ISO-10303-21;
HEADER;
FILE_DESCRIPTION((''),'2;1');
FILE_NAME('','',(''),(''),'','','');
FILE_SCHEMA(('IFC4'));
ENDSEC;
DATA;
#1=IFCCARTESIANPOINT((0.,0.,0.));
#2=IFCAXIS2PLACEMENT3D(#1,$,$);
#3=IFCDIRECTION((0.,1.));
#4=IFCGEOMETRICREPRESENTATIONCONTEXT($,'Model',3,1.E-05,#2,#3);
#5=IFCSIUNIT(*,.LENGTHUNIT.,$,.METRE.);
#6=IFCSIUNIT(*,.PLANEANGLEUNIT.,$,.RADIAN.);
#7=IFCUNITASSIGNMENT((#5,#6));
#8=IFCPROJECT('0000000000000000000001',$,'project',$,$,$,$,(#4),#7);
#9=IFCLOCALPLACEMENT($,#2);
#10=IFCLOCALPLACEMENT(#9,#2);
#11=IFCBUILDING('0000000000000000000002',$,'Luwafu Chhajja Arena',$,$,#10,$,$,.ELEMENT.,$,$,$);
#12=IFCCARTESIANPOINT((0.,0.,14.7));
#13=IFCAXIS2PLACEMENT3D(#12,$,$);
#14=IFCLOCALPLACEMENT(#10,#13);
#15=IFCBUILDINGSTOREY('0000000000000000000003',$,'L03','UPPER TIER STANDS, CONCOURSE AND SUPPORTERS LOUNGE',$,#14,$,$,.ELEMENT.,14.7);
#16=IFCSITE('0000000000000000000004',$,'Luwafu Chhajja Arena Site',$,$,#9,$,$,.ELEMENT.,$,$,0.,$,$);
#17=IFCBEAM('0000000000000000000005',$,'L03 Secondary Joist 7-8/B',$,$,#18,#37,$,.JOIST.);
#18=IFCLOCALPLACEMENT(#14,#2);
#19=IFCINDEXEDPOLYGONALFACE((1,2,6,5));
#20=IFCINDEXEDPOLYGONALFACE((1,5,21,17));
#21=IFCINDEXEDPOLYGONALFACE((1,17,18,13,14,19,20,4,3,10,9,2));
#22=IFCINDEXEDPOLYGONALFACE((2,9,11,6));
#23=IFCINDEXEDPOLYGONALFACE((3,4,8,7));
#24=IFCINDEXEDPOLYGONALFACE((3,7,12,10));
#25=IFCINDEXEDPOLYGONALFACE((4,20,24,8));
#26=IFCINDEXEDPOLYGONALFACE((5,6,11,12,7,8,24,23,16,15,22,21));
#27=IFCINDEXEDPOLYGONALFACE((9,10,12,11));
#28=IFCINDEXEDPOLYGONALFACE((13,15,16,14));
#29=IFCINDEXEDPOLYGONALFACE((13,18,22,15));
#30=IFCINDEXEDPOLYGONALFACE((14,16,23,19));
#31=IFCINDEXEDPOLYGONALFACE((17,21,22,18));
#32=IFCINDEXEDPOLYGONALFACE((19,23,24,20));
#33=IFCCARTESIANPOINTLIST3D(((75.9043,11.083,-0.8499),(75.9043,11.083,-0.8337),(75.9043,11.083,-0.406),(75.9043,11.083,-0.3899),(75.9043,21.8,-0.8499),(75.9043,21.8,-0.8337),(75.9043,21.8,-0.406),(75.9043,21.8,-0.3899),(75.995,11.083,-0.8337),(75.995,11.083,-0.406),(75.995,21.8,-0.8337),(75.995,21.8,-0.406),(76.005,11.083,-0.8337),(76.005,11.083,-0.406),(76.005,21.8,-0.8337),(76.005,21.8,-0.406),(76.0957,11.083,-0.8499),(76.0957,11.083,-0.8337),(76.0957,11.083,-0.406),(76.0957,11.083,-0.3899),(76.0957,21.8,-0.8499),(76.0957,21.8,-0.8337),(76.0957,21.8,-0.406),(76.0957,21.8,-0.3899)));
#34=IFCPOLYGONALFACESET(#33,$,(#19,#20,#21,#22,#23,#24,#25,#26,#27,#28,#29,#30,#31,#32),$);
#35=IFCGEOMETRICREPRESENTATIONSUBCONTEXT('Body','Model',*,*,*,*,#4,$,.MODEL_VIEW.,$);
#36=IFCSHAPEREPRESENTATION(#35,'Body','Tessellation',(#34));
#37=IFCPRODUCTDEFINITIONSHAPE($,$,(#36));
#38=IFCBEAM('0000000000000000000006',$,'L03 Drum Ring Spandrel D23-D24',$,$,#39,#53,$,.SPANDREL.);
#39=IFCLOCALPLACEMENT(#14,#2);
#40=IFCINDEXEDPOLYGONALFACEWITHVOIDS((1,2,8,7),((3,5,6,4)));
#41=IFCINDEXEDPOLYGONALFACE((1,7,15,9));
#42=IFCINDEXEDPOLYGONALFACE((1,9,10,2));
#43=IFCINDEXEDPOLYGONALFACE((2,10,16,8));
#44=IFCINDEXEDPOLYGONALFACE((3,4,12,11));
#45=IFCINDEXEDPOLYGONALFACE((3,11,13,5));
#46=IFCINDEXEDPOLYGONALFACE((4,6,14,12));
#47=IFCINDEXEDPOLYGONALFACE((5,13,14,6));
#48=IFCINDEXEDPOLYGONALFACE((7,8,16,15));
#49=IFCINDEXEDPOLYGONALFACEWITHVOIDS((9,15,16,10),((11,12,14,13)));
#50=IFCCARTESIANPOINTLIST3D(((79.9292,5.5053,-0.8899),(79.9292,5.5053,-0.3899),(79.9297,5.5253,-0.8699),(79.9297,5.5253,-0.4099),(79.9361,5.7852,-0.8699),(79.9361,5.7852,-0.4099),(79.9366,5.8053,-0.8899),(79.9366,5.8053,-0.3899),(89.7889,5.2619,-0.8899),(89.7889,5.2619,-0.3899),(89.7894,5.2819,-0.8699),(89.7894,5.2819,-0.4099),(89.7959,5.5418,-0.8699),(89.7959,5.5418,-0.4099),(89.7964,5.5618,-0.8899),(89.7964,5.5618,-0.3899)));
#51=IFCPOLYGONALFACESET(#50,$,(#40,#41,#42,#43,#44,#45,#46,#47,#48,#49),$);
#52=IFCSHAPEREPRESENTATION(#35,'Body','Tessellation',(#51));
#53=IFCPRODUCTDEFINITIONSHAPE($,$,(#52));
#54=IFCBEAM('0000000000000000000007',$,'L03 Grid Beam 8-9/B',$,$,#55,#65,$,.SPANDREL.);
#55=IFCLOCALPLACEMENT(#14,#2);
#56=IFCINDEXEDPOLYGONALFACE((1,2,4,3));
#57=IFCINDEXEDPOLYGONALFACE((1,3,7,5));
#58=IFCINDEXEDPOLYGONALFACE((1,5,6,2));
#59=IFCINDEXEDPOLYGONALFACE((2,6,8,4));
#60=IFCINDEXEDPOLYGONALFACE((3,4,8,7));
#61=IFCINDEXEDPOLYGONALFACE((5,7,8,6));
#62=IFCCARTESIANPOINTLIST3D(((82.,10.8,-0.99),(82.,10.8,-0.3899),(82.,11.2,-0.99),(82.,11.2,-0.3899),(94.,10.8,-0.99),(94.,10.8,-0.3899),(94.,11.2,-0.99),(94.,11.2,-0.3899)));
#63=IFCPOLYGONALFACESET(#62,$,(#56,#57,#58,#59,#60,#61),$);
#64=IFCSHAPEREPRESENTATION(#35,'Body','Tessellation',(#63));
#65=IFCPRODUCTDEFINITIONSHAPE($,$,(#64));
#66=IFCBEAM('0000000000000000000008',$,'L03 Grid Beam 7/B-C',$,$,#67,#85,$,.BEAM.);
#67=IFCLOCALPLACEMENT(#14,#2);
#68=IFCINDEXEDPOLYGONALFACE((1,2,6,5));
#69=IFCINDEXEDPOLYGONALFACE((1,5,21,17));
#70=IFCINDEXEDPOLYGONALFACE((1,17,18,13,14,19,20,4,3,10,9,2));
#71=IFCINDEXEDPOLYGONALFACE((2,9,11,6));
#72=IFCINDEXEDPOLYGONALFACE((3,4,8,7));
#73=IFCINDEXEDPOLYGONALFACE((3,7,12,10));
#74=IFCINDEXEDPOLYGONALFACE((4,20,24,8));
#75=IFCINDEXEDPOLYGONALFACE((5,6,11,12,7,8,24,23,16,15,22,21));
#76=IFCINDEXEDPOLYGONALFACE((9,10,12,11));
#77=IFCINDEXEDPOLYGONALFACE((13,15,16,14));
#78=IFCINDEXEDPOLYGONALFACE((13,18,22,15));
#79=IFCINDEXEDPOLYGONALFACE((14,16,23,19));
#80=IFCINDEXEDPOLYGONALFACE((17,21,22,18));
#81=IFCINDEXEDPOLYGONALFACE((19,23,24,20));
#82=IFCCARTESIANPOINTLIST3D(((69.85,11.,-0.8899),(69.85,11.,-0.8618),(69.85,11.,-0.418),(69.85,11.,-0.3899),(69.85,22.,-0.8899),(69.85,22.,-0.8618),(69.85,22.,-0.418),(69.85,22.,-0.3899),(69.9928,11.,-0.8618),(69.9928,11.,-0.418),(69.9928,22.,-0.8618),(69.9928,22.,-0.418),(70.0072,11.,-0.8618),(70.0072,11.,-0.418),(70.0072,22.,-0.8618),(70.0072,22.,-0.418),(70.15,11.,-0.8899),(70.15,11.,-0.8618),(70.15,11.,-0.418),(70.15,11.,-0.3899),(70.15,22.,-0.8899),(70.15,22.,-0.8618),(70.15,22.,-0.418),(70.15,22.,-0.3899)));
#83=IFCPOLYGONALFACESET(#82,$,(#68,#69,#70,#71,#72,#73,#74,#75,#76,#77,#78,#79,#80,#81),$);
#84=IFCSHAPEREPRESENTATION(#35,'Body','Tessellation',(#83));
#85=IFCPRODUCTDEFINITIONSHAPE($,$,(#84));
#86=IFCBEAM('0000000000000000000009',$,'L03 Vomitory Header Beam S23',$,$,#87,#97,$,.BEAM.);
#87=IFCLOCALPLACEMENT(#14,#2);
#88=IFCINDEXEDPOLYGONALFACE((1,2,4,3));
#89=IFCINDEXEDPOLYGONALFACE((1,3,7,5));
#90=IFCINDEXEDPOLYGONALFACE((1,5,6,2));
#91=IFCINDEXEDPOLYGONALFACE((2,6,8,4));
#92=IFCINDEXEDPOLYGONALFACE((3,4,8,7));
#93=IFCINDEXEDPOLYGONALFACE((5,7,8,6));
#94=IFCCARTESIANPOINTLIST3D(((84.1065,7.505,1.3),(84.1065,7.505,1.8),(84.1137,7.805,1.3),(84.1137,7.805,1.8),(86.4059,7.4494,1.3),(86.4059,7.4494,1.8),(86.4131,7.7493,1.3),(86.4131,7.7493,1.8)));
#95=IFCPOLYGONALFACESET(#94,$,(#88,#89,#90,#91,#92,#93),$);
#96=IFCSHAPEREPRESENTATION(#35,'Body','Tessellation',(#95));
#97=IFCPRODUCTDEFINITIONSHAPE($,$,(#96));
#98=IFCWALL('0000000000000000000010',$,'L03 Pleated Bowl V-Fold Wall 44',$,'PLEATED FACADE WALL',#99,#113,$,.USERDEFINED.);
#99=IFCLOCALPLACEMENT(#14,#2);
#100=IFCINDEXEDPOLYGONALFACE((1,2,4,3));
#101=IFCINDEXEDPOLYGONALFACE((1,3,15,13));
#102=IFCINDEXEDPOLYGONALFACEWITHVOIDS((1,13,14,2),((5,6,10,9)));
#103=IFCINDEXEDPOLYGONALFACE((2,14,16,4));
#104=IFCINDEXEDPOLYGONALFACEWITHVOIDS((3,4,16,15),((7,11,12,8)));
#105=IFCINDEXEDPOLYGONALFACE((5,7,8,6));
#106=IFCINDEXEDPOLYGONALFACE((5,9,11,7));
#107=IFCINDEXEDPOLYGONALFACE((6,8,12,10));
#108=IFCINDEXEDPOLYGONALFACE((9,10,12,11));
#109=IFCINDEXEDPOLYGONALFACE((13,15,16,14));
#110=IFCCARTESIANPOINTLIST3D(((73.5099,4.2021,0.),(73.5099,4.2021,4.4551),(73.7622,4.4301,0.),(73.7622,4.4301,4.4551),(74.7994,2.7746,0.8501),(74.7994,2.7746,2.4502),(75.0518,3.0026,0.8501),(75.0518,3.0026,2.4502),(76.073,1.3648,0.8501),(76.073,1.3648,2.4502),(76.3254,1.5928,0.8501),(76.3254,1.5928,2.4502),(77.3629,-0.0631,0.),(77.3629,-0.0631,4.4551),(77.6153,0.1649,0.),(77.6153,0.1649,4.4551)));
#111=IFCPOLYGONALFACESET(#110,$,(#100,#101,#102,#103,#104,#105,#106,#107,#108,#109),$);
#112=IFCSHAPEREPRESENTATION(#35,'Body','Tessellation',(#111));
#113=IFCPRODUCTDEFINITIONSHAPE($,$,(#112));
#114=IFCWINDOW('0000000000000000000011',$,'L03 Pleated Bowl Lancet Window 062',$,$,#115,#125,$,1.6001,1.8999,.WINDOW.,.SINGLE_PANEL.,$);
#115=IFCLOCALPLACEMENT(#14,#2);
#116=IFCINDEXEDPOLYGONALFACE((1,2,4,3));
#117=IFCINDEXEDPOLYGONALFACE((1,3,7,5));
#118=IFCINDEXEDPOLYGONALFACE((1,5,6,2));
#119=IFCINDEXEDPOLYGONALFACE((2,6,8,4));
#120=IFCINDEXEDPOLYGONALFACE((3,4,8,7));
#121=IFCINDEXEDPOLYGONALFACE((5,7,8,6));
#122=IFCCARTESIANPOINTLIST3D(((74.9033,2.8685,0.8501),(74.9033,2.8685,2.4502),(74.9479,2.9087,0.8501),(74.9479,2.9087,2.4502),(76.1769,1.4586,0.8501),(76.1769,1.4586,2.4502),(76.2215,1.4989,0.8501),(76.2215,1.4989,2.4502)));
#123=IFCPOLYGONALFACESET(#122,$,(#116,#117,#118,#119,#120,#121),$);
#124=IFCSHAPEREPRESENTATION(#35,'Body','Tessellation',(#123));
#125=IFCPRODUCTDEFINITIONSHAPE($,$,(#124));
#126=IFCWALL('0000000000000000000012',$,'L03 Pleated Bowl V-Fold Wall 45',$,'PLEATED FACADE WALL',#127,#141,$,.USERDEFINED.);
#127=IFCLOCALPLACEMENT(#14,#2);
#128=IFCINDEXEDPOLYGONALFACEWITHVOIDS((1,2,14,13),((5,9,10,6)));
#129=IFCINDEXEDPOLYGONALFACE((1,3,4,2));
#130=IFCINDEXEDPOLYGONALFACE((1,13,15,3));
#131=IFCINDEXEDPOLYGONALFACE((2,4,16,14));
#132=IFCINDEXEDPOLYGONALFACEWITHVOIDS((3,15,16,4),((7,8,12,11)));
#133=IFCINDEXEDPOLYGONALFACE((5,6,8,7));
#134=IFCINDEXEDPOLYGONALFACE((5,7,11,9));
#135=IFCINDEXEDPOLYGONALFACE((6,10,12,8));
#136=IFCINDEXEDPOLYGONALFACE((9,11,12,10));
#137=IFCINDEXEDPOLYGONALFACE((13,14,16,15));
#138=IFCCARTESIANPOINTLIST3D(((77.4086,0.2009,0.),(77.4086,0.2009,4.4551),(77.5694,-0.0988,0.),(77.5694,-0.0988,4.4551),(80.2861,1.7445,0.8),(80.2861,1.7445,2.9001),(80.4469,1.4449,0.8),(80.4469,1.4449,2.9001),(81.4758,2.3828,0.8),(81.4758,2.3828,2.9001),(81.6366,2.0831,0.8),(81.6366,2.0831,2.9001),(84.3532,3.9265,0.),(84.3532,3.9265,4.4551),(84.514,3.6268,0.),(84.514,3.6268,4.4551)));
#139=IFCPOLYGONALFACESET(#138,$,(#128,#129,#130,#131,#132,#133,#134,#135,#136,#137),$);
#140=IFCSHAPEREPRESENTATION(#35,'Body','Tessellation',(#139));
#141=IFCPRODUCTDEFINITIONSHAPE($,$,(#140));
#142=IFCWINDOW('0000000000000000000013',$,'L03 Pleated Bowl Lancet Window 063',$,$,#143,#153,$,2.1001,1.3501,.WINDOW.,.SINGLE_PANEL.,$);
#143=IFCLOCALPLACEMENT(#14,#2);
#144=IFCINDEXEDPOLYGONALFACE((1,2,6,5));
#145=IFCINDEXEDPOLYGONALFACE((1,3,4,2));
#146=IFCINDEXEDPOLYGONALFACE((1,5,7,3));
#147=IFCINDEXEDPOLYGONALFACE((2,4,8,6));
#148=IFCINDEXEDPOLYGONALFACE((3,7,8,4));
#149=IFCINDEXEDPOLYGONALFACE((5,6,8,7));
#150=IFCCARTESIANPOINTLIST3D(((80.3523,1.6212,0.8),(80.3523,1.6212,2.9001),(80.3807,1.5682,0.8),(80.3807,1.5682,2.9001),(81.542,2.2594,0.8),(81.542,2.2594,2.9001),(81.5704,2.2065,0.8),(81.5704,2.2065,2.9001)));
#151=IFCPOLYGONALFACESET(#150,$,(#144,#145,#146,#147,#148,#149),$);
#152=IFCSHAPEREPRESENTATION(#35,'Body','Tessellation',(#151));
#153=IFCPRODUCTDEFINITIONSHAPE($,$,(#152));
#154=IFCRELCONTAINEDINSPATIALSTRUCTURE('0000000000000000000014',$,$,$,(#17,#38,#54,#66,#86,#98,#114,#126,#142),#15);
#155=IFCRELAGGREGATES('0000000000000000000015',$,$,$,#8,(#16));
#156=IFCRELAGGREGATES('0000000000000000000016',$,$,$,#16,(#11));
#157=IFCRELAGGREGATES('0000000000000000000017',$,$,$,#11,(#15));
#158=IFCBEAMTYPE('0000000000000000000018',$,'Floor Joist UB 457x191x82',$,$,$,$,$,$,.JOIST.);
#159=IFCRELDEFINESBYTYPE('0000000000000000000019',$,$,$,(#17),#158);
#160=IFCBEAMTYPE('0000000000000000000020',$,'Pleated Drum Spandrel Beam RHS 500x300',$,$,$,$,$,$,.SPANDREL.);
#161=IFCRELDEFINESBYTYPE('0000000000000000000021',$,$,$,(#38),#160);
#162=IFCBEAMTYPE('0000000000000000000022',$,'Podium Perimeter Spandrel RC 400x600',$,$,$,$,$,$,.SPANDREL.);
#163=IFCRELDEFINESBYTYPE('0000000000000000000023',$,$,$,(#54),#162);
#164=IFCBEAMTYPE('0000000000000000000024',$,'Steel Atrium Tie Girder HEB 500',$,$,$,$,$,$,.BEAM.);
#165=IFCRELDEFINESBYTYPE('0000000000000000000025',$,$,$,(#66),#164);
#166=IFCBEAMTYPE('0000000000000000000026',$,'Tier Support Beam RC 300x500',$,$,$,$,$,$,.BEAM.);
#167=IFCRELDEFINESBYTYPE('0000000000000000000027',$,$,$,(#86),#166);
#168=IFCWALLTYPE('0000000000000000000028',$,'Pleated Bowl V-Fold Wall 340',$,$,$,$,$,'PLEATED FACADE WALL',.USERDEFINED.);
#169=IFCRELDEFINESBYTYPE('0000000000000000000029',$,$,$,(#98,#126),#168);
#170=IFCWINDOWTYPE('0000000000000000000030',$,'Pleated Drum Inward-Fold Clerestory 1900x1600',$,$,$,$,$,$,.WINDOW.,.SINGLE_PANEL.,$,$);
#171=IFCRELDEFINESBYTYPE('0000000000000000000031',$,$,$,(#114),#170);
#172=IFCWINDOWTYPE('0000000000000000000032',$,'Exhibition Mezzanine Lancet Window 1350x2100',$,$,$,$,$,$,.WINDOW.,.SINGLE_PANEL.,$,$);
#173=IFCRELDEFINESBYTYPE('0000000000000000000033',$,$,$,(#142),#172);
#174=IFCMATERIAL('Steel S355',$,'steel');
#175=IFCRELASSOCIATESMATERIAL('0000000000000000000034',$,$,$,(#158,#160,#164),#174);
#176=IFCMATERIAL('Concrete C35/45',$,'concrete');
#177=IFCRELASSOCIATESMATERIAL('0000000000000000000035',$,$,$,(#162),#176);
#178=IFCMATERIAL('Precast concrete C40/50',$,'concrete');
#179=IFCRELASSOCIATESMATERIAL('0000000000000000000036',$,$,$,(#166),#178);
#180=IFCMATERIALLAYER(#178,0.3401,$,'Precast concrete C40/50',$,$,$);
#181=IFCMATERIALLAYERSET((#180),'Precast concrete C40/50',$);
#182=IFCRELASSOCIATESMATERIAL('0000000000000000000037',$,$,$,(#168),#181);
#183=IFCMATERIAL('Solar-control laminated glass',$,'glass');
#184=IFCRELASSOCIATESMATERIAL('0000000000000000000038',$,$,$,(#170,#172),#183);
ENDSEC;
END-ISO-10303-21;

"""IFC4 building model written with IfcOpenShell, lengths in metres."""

from ifc_helpers import new_model, si_unit, direction, frame, frame_2d, origin, origin_2d, place, context, subcontext, project, spatial, rectangle, hollow_rectangle, i_section, extrude, material, layer, layer_set, material_profile, profile_set, type_object, element, fill, save


model = new_model("IFC4")

# Units and contexts
model_context = context("Model", 3, precision=1e-05, world=origin(), true_north=direction((0.0, 1.0)))
body_context = subcontext(model_context, "Body", "Model", "MODEL_VIEW")
ifc_project = project(units=[si_unit("LENGTHUNIT", "METRE"), si_unit("PLANEANGLEUNIT", "RADIAN")], contexts=[model_context])

# Site, building, storey
site_placement = place(None, origin())
site = spatial("IfcSite", under=ifc_project, at=site_placement, Name="Luwafu Chhajja Arena Site", CompositionType="ELEMENT", RefElevation=0.0)
building_placement = place(site_placement, origin())
building = spatial("IfcBuilding", under=site, at=building_placement, Name="Luwafu Chhajja Arena", CompositionType="ELEMENT")
storey_placement = place(building_placement, frame((0.0, 0.0, 14.7)))
storey = spatial("IfcBuildingStorey", under=building, at=storey_placement, Name="L03", Description="UPPER TIER STANDS, CONCOURSE AND SUPPORTERS LOUNGE", CompositionType="ELEMENT", Elevation=14.7)

# Shared definitions
ifc_material_1 = material(Name="Concrete C35/45", Category="concrete")
ifc_material_2 = material(Name="Steel S355", Category="steel")

# Beams
ifc_material_profile_1 = material_profile(ifc_material_2, i_section(OverallWidth=0.1914, OverallDepth=0.46, WebThickness=0.01, FlangeThickness=0.0161, at=origin_2d()), Name="UB 457x191x82")
ifc_profile_set_1 = profile_set([ifc_material_profile_1], Name="Steel S355")
beam_type_1 = type_object("IfcBeamType", Name="Floor Joist UB 457x191x82", PredefinedType="JOIST", material=ifc_profile_set_1)
beam_1_placement = place(storey_placement, frame((76.0, 11.083, -0.6199), z_axis=(0.0, 1.0, 0.0), x_axis=(-1.0, 0.0, 0.0)))
element("IfcBeam", 1, at=beam_1_placement, inside=storey, type_object=beam_type_1, Name="L03 Secondary Joist 7-8/B", PredefinedType="JOIST", context=body_context, shape_type="SweptSolid", body=[
    extrude(i_section(OverallWidth=0.1914, OverallDepth=0.46, WebThickness=0.01, FlangeThickness=0.0161, at=origin_2d()), origin(), (0.0, 0.0, 1.0), 10.717),
])
ifc_material_profile_2 = material_profile(ifc_material_2, hollow_rectangle(XDim=0.3, YDim=0.5, WallThickness=0.02, at=origin_2d()), Name="RHS 500x300x20")
ifc_profile_set_2 = profile_set([ifc_material_profile_2], Name="Steel S355")
beam_type_2 = type_object("IfcBeamType", Name="Pleated Drum Spandrel Beam RHS 500x300", PredefinedType="SPANDREL", material=ifc_profile_set_2)
beam_2_placement = place(storey_placement, frame((79.9329, 5.6553, -0.6399), z_axis=(0.999695, -0.024679, 0.0), x_axis=(0.024679, 0.999695, 0.0)))
element("IfcBeam", 2, at=beam_2_placement, inside=storey, type_object=beam_type_2, Name="L03 Drum Ring Spandrel D23-D24", PredefinedType="SPANDREL", context=body_context, shape_type="SweptSolid", body=[
    extrude(hollow_rectangle(XDim=0.3, YDim=0.5, WallThickness=0.02, at=origin_2d()), origin(), (0.0, 0.0, 1.0), 9.8628),
])
ifc_material_profile_3 = material_profile(ifc_material_1, rectangle(XDim=0.3999, YDim=0.6001, at=origin_2d()), Name="RC 400x600")
ifc_profile_set_3 = profile_set([ifc_material_profile_3], Name="Concrete C35/45")
beam_type_3 = type_object("IfcBeamType", Name="Podium Perimeter Spandrel RC 400x600", PredefinedType="SPANDREL", material=ifc_profile_set_3)
beam_3_placement = place(storey_placement, frame((82.0, 11.0, -0.6899), z_axis=(1.0, 0.0, 0.0), x_axis=(0.0, 1.0, 0.0)))
element("IfcBeam", 3, at=beam_3_placement, inside=storey, type_object=beam_type_3, Name="L03 Grid Beam 8-9/B", PredefinedType="SPANDREL", context=body_context, shape_type="SweptSolid", body=[
    extrude(rectangle(XDim=0.3999, YDim=0.6001, at=origin_2d()), origin(), (0.0, 0.0, 1.0), 12.0),
])
ifc_material_profile_4 = material_profile(ifc_material_2, i_section(OverallWidth=0.3, OverallDepth=0.5, WebThickness=0.0144, FlangeThickness=0.0281, at=origin_2d()), Name="HEB 500")
ifc_profile_set_4 = profile_set([ifc_material_profile_4], Name="Steel S355")
beam_type_4 = type_object("IfcBeamType", Name="Steel Atrium Tie Girder HEB 500", PredefinedType="BEAM", material=ifc_profile_set_4)
beam_4_placement = place(storey_placement, frame((70.0, 11.0, -0.6399), z_axis=(0.0, 1.0, 0.0), x_axis=(-1.0, 0.0, 0.0)))
element("IfcBeam", 4, at=beam_4_placement, inside=storey, type_object=beam_type_4, Name="L03 Grid Beam 7/B-C", PredefinedType="BEAM", context=body_context, shape_type="SweptSolid", body=[
    extrude(i_section(OverallWidth=0.3, OverallDepth=0.5, WebThickness=0.0144, FlangeThickness=0.0281, at=origin_2d()), origin(), (0.0, 0.0, 1.0), 11.0),
])
ifc_material_3 = material(Name="Precast concrete C40/50", Category="concrete")
ifc_material_profile_5 = material_profile(ifc_material_3, rectangle(XDim=0.3, YDim=0.5, at=origin_2d()), Name="RC 300x500")
ifc_profile_set_5 = profile_set([ifc_material_profile_5], Name="Precast concrete C40/50")
beam_type_5 = type_object("IfcBeamType", Name="Tier Support Beam RC 300x500", PredefinedType="BEAM", material=ifc_profile_set_5)
beam_5_placement = place(storey_placement, frame((84.1101, 7.655, 1.55), z_axis=(0.999707, -0.024202, 0.0), x_axis=(0.024202, 0.999707, 0.0)))
element("IfcBeam", 5, at=beam_5_placement, inside=storey, type_object=beam_type_5, Name="L03 Vomitory Header Beam S23", PredefinedType="BEAM", context=body_context, shape_type="SweptSolid", body=[
    extrude(rectangle(XDim=0.3, YDim=0.5, at=origin_2d()), origin(), (0.0, 0.0, 1.0), 2.3),
])

# Walls, openings, windows
ifc_layer_1 = layer(ifc_material_3, 0.3401, Name="Precast concrete C40/50")
ifc_layer_set_1 = layer_set([ifc_layer_1], Name="Precast concrete C40/50")
wall_type = type_object("IfcWallType", Name="Pleated Bowl V-Fold Wall 340", ElementType="PLEATED FACADE WALL", PredefinedType="USERDEFINED", material=ifc_layer_set_1)
wall_1_placement = place(storey_placement, frame((73.636, 4.3162, 0.0), z_axis=(0.0, 0.0, 1.0), x_axis=(0.670348, -0.742047, 0.0)))
wall_1 = element("IfcWall", 6, at=wall_1_placement, inside=storey, type_object=wall_type, Name="L03 Pleated Bowl V-Fold Wall 44", ObjectType="PLEATED FACADE WALL", PredefinedType="USERDEFINED", context=body_context, shape_type="SweptSolid", body=[
    extrude(rectangle(XDim=5.7478, YDim=0.3401, at=frame_2d((2.874, 0.0))), origin(), (0.0, 0.0, 1.0), 4.4551),
])
opening_1_placement = place(wall_1_placement, frame((1.9238, 0.0, 0.8501)))
opening_1 = element("IfcOpeningElement", 7, at=opening_1_placement, cuts=wall_1, PredefinedType="OPENING", context=body_context, shape_type="SweptSolid", body=[
    extrude(rectangle(XDim=1.8999, YDim=1.6001, at=frame_2d((0.95, 0.8))), frame((0.0, 0.1799, 0.0), z_axis=(0.0, -1.0, 0.0), x_axis=(1.0, 0.0, 0.0)), (0.0, 0.0, 1.0), 0.3601),
])
ifc_material_4 = material(Name="Solar-control laminated glass", Category="glass")
window_type_1 = type_object("IfcWindowType", Name="Pleated Drum Inward-Fold Clerestory 1900x1600", PartitioningType="SINGLE_PANEL", PredefinedType="WINDOW", material=ifc_material_4)
window_1_placement = place(opening_1_placement, origin())
window_1 = element("IfcWindow", 8, at=window_1_placement, inside=storey, type_object=window_type_1, Name="L03 Pleated Bowl Lancet Window 062", OverallHeight=1.6001, OverallWidth=1.8999, PartitioningType="SINGLE_PANEL", PredefinedType="WINDOW", context=body_context, shape_type="SweptSolid", body=[
    extrude(rectangle(XDim=1.8999, YDim=1.6001, at=frame_2d((0.95, 0.8))), frame((0.0, 0.03, 0.0), z_axis=(0.0, -1.0, 0.0), x_axis=(1.0, 0.0, 0.0)), (0.0, 0.0, 1.0), 0.0601),
])
fill(opening_1, window_1)
wall_2_placement = place(storey_placement, frame((77.489, 0.051, 0.0), z_axis=(0.0, 0.0, 1.0), x_axis=(0.881201, 0.472741, 0.0)))
wall_2 = element("IfcWall", 9, at=wall_2_placement, inside=storey, type_object=wall_type, Name="L03 Pleated Bowl V-Fold Wall 45", ObjectType="PLEATED FACADE WALL", PredefinedType="USERDEFINED", context=body_context, shape_type="SweptSolid", body=[
    extrude(rectangle(XDim=7.8809, YDim=0.3401, at=frame_2d((3.9404, 0.0))), origin(), (0.0, 0.0, 1.0), 4.4551),
])
opening_2_placement = place(wall_2_placement, frame((3.2654, 0.0, 0.8)))
opening_2 = element("IfcOpeningElement", 10, at=opening_2_placement, cuts=wall_2, PredefinedType="OPENING", context=body_context, shape_type="SweptSolid", body=[
    extrude(rectangle(XDim=1.3501, YDim=2.1001, at=frame_2d((0.675, 1.05))), frame((0.0, 0.1799, 0.0), z_axis=(0.0, -1.0, 0.0), x_axis=(1.0, 0.0, 0.0)), (0.0, 0.0, 1.0), 0.3601),
])
window_type_2 = type_object("IfcWindowType", Name="Exhibition Mezzanine Lancet Window 1350x2100", PartitioningType="SINGLE_PANEL", PredefinedType="WINDOW", material=ifc_material_4)
window_2_placement = place(opening_2_placement, origin())
window_2 = element("IfcWindow", 11, at=window_2_placement, inside=storey, type_object=window_type_2, Name="L03 Pleated Bowl Lancet Window 063", OverallHeight=2.1001, OverallWidth=1.3501, PartitioningType="SINGLE_PANEL", PredefinedType="WINDOW", context=body_context, shape_type="SweptSolid", body=[
    extrude(rectangle(XDim=1.3501, YDim=2.1001, at=frame_2d((0.675, 1.05))), frame((0.0, 0.03, 0.0), z_axis=(0.0, -1.0, 0.0), x_axis=(1.0, 0.0, 0.0)), (0.0, 0.0, 1.0), 0.0601),
])
fill(opening_2, window_2)

save(model, "model.ifc")
